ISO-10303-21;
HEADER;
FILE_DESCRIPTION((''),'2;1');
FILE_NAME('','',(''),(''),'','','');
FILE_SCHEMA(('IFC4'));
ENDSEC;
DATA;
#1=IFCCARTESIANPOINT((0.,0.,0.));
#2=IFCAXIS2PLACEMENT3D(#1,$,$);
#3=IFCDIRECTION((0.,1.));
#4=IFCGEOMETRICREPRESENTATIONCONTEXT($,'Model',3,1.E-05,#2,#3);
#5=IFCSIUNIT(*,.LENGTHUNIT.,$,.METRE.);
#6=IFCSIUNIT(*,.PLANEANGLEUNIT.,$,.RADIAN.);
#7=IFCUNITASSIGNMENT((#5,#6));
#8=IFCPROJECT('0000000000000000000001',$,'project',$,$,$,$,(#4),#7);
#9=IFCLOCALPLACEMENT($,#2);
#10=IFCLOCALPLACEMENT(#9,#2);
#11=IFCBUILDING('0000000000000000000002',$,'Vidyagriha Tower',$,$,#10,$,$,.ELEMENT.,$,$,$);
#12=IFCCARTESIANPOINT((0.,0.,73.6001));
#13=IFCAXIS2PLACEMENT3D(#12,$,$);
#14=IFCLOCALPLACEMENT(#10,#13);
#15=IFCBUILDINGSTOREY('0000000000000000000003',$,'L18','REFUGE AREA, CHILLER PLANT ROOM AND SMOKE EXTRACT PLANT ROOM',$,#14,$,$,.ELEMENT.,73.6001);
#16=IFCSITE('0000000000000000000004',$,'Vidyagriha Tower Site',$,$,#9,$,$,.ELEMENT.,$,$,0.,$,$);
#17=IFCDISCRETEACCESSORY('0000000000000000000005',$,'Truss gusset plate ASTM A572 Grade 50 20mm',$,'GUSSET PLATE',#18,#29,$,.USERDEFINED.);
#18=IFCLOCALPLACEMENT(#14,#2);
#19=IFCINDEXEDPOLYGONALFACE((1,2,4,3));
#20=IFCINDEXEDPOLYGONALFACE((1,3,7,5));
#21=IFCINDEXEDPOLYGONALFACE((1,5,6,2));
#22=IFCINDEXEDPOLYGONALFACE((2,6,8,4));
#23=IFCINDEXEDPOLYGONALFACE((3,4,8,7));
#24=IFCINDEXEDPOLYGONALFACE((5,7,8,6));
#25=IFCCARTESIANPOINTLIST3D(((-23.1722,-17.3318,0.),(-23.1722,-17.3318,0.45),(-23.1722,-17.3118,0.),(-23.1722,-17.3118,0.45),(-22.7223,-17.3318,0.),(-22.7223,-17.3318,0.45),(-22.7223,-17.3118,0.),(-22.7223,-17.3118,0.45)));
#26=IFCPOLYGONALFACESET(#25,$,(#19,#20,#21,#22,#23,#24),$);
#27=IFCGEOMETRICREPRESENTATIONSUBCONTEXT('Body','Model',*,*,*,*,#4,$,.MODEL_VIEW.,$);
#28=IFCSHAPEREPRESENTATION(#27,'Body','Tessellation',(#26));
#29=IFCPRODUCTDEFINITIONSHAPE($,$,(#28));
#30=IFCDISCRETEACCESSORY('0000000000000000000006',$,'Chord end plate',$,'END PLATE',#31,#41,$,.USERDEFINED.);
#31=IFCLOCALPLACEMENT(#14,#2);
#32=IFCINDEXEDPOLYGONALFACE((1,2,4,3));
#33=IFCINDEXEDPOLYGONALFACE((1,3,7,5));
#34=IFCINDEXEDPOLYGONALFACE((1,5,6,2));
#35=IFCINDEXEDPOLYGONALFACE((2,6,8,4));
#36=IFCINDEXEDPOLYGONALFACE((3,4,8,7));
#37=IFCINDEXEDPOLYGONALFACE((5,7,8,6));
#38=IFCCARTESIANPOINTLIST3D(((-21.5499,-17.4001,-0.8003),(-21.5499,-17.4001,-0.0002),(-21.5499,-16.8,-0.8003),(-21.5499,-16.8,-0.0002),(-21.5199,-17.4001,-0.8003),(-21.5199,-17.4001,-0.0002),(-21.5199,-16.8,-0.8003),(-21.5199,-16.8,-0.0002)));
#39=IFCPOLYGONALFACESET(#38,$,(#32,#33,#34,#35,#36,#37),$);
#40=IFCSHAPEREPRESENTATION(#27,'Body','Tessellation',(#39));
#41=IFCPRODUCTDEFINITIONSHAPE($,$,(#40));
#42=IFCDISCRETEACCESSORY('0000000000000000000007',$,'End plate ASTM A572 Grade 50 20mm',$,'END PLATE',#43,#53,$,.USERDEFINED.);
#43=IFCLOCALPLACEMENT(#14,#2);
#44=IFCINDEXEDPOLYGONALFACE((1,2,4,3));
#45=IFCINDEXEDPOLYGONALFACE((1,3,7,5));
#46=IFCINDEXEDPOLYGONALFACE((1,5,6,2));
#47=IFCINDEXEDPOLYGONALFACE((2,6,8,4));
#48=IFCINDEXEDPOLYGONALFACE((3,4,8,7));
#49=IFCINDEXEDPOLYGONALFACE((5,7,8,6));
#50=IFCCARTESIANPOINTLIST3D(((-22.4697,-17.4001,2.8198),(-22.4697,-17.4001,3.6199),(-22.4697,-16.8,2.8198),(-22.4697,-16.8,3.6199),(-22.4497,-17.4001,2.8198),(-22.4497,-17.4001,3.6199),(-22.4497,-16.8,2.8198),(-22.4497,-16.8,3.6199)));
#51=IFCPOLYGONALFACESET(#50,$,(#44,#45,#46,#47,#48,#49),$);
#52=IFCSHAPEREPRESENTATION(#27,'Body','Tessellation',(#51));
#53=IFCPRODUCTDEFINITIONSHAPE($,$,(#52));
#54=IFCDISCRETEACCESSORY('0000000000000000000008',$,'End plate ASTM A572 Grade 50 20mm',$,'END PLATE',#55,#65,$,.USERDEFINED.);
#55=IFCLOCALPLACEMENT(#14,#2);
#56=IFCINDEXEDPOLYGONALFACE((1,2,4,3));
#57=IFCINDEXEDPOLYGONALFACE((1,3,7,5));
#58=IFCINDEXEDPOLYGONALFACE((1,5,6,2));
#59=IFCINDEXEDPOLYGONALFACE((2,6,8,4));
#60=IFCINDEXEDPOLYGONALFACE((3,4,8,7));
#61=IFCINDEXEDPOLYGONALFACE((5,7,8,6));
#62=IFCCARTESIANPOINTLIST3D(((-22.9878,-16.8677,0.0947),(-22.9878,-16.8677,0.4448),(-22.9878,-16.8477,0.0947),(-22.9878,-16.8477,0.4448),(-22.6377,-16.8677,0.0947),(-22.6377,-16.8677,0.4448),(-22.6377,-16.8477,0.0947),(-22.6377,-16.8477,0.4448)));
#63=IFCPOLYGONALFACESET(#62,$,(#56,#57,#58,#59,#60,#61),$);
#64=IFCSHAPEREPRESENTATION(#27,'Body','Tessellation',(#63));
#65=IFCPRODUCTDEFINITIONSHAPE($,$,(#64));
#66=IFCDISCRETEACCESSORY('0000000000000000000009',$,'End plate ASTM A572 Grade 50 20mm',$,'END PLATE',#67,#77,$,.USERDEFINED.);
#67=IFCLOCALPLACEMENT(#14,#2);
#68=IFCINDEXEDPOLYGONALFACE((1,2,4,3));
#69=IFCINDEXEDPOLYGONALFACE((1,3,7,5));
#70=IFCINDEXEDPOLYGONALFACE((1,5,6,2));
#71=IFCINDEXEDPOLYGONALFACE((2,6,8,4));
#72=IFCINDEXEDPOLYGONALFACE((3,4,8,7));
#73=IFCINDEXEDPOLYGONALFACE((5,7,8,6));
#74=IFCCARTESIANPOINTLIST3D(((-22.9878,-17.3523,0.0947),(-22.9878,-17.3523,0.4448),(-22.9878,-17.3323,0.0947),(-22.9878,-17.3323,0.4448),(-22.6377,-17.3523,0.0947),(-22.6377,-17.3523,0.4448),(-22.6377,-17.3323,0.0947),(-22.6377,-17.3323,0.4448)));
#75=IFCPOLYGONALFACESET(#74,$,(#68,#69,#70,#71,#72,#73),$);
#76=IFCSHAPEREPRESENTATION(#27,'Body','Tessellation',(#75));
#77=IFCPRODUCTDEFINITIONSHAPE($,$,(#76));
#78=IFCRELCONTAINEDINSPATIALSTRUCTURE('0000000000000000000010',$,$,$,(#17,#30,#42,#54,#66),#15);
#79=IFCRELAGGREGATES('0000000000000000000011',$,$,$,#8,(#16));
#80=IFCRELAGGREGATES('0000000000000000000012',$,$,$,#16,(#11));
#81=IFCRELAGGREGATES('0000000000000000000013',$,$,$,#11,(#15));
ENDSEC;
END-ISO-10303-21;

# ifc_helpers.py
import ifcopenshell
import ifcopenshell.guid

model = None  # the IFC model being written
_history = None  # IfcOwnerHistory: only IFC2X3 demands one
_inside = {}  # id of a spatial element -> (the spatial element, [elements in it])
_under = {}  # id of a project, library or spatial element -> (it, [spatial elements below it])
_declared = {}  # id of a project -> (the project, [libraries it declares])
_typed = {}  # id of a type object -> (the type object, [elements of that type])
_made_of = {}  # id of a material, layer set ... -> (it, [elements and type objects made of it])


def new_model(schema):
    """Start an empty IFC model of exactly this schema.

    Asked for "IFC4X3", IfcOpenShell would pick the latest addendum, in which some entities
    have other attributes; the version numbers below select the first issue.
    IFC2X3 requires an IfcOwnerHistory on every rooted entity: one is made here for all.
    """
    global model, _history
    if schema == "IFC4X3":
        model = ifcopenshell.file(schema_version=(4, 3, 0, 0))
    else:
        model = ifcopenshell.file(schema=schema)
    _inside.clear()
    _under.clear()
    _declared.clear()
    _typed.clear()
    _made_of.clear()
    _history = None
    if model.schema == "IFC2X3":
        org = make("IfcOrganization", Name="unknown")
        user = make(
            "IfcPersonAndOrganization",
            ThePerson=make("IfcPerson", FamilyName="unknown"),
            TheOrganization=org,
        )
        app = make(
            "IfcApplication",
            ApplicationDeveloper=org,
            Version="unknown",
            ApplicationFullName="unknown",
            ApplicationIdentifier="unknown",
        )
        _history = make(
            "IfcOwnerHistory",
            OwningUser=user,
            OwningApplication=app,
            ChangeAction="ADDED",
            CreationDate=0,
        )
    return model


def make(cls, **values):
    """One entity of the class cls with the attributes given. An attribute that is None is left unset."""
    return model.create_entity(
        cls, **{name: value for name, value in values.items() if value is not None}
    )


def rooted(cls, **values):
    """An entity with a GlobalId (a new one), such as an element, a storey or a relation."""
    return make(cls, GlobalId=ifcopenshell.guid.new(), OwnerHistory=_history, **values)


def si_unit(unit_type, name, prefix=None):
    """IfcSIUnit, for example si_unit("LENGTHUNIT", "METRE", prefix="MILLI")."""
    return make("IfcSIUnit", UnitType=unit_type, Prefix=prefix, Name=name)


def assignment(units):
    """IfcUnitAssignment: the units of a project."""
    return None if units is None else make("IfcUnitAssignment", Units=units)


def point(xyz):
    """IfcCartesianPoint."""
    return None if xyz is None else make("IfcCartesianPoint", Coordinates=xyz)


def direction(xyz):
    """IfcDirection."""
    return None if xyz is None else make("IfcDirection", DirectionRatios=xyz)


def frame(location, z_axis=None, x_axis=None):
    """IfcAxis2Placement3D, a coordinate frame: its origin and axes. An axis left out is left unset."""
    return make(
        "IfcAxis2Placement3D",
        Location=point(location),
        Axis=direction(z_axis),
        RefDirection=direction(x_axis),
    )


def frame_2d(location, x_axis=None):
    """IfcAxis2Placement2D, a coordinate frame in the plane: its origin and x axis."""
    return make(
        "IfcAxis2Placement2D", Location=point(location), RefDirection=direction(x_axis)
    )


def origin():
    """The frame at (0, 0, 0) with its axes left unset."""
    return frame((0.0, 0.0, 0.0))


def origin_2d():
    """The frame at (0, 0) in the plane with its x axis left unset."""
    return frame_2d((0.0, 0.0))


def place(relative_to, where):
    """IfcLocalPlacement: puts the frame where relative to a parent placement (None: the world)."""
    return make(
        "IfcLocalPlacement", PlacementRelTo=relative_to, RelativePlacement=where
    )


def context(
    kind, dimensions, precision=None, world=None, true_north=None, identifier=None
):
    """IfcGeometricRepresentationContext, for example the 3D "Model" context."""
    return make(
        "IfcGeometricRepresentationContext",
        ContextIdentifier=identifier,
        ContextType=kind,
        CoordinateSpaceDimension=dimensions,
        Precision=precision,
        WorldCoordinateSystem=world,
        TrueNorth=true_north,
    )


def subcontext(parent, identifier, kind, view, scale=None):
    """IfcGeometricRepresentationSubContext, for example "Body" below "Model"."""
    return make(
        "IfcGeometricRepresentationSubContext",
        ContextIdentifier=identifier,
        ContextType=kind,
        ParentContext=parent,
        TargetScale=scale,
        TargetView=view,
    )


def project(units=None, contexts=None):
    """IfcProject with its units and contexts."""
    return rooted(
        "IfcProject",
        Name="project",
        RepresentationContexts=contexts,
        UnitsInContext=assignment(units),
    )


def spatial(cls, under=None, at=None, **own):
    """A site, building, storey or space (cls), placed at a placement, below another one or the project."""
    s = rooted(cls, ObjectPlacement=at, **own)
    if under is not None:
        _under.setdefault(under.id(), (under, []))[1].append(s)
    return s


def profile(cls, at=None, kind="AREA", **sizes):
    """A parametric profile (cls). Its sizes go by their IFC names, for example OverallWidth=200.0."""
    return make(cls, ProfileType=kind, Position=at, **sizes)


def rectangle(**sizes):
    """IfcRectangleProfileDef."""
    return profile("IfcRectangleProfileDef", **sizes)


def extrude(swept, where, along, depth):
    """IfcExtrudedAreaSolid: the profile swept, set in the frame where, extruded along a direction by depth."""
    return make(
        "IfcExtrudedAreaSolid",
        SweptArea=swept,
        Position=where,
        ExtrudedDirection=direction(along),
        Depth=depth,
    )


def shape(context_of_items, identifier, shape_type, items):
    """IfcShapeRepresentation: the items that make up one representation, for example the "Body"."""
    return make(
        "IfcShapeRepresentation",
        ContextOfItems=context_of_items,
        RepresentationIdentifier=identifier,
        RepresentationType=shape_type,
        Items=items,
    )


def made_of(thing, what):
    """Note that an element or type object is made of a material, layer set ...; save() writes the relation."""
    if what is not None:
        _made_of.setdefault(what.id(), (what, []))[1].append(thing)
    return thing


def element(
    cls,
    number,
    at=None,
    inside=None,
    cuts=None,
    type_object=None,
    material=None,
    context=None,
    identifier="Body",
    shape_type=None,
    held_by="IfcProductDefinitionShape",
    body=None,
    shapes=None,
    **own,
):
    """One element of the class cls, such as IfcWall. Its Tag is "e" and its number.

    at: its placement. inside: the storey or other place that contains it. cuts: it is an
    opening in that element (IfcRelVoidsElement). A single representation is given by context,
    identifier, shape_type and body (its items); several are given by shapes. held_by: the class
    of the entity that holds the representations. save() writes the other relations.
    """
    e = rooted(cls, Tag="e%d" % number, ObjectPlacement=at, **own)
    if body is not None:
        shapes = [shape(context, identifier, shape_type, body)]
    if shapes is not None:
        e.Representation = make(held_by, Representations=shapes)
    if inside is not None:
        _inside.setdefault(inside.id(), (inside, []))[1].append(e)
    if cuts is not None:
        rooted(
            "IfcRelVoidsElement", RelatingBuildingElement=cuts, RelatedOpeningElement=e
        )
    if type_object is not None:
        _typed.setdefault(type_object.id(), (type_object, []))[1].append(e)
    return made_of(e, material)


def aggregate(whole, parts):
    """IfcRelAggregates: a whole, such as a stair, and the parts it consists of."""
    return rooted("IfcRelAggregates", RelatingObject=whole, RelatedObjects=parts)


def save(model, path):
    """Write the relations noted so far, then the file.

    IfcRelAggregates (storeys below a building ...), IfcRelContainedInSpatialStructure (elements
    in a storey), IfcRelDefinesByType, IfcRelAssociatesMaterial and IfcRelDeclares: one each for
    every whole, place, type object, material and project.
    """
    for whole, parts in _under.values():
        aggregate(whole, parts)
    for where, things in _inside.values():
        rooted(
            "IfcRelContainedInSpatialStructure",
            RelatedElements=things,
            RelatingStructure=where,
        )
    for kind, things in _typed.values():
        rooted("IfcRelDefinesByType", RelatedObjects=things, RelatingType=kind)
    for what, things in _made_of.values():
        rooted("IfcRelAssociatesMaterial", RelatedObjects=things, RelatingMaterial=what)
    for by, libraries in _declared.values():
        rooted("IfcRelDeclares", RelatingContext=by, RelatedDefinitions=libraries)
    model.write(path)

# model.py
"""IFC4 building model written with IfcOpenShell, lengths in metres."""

from ifc_helpers import new_model, si_unit, direction, frame, origin, origin_2d, place, context, subcontext, project, spatial, rectangle, extrude, element, save


model = new_model("IFC4")

# Units and contexts
model_context = context("Model", 3, precision=1e-05, world=origin(), true_north=direction((0.0, 1.0)))
body_context = subcontext(model_context, "Body", "Model", "MODEL_VIEW")
ifc_project = project(units=[si_unit("LENGTHUNIT", "METRE"), si_unit("PLANEANGLEUNIT", "RADIAN")], contexts=[model_context])

# Site, building, storey
site_placement = place(None, origin())
site = spatial("IfcSite", under=ifc_project, at=site_placement, Name="Vidyagriha Tower Site", CompositionType="ELEMENT", RefElevation=0.0)
building_placement = place(site_placement, origin())
building = spatial("IfcBuilding", under=site, at=building_placement, Name="Vidyagriha Tower", CompositionType="ELEMENT")
storey_placement = place(building_placement, frame((0.0, 0.0, 73.6001)))
storey = spatial("IfcBuildingStorey", under=building, at=storey_placement, Name="L18", Description="REFUGE AREA, CHILLER PLANT ROOM AND SMOKE EXTRACT PLANT ROOM", CompositionType="ELEMENT", Elevation=73.6001)

# Discrete accessories
for number, where, name in (
    (1, (-22.9473, -17.3218, 0.0), "Truss gusset plate ASTM A572 Grade 50 20mm"),
):
    element("IfcDiscreteAccessory", number, at=place(storey_placement, frame(where)), inside=storey, Name=name, ObjectType="GUSSET PLATE", PredefinedType="USERDEFINED", context=body_context, shape_type="SweptSolid", body=[
        extrude(rectangle(XDim=0.45, YDim=0.02, at=origin_2d()), origin(), (0.0, 0.0, 1.0), 0.45),
    ])
discrete_accessory_1_placement = place(storey_placement, frame((-21.5349, -17.1001, -0.8003)))
element("IfcDiscreteAccessory", 2, at=discrete_accessory_1_placement, inside=storey, Name="Chord end plate", ObjectType="END PLATE", PredefinedType="USERDEFINED", context=body_context, shape_type="SweptSolid", body=[
    extrude(rectangle(XDim=0.03, YDim=0.6001, at=origin_2d()), origin(), (0.0, 0.0, 1.0), 0.8),
])
discrete_accessory_2_placement = place(storey_placement, frame((-22.4597, -17.1001, 2.8198)))
element("IfcDiscreteAccessory", 3, at=discrete_accessory_2_placement, inside=storey, Name="End plate ASTM A572 Grade 50 20mm", ObjectType="END PLATE", PredefinedType="USERDEFINED", context=body_context, shape_type="SweptSolid", body=[
    extrude(rectangle(XDim=0.02, YDim=0.6001, at=origin_2d()), origin(), (0.0, 0.0, 1.0), 0.8),
])
for number, where, name in (
    (4, (-22.8127, -16.8577, 0.0947), "End plate ASTM A572 Grade 50 20mm"),
    (5, (-22.8127, -17.3423, 0.0947), "End plate ASTM A572 Grade 50 20mm"),
):
    element("IfcDiscreteAccessory", number, at=place(storey_placement, frame(where)), inside=storey, Name=name, ObjectType="END PLATE", PredefinedType="USERDEFINED", context=body_context, shape_type="SweptSolid", body=[
        extrude(rectangle(XDim=0.3501, YDim=0.02, at=origin_2d()), origin(), (0.0, 0.0, 1.0), 0.3501),
    ])

save(model, "model.ifc")
